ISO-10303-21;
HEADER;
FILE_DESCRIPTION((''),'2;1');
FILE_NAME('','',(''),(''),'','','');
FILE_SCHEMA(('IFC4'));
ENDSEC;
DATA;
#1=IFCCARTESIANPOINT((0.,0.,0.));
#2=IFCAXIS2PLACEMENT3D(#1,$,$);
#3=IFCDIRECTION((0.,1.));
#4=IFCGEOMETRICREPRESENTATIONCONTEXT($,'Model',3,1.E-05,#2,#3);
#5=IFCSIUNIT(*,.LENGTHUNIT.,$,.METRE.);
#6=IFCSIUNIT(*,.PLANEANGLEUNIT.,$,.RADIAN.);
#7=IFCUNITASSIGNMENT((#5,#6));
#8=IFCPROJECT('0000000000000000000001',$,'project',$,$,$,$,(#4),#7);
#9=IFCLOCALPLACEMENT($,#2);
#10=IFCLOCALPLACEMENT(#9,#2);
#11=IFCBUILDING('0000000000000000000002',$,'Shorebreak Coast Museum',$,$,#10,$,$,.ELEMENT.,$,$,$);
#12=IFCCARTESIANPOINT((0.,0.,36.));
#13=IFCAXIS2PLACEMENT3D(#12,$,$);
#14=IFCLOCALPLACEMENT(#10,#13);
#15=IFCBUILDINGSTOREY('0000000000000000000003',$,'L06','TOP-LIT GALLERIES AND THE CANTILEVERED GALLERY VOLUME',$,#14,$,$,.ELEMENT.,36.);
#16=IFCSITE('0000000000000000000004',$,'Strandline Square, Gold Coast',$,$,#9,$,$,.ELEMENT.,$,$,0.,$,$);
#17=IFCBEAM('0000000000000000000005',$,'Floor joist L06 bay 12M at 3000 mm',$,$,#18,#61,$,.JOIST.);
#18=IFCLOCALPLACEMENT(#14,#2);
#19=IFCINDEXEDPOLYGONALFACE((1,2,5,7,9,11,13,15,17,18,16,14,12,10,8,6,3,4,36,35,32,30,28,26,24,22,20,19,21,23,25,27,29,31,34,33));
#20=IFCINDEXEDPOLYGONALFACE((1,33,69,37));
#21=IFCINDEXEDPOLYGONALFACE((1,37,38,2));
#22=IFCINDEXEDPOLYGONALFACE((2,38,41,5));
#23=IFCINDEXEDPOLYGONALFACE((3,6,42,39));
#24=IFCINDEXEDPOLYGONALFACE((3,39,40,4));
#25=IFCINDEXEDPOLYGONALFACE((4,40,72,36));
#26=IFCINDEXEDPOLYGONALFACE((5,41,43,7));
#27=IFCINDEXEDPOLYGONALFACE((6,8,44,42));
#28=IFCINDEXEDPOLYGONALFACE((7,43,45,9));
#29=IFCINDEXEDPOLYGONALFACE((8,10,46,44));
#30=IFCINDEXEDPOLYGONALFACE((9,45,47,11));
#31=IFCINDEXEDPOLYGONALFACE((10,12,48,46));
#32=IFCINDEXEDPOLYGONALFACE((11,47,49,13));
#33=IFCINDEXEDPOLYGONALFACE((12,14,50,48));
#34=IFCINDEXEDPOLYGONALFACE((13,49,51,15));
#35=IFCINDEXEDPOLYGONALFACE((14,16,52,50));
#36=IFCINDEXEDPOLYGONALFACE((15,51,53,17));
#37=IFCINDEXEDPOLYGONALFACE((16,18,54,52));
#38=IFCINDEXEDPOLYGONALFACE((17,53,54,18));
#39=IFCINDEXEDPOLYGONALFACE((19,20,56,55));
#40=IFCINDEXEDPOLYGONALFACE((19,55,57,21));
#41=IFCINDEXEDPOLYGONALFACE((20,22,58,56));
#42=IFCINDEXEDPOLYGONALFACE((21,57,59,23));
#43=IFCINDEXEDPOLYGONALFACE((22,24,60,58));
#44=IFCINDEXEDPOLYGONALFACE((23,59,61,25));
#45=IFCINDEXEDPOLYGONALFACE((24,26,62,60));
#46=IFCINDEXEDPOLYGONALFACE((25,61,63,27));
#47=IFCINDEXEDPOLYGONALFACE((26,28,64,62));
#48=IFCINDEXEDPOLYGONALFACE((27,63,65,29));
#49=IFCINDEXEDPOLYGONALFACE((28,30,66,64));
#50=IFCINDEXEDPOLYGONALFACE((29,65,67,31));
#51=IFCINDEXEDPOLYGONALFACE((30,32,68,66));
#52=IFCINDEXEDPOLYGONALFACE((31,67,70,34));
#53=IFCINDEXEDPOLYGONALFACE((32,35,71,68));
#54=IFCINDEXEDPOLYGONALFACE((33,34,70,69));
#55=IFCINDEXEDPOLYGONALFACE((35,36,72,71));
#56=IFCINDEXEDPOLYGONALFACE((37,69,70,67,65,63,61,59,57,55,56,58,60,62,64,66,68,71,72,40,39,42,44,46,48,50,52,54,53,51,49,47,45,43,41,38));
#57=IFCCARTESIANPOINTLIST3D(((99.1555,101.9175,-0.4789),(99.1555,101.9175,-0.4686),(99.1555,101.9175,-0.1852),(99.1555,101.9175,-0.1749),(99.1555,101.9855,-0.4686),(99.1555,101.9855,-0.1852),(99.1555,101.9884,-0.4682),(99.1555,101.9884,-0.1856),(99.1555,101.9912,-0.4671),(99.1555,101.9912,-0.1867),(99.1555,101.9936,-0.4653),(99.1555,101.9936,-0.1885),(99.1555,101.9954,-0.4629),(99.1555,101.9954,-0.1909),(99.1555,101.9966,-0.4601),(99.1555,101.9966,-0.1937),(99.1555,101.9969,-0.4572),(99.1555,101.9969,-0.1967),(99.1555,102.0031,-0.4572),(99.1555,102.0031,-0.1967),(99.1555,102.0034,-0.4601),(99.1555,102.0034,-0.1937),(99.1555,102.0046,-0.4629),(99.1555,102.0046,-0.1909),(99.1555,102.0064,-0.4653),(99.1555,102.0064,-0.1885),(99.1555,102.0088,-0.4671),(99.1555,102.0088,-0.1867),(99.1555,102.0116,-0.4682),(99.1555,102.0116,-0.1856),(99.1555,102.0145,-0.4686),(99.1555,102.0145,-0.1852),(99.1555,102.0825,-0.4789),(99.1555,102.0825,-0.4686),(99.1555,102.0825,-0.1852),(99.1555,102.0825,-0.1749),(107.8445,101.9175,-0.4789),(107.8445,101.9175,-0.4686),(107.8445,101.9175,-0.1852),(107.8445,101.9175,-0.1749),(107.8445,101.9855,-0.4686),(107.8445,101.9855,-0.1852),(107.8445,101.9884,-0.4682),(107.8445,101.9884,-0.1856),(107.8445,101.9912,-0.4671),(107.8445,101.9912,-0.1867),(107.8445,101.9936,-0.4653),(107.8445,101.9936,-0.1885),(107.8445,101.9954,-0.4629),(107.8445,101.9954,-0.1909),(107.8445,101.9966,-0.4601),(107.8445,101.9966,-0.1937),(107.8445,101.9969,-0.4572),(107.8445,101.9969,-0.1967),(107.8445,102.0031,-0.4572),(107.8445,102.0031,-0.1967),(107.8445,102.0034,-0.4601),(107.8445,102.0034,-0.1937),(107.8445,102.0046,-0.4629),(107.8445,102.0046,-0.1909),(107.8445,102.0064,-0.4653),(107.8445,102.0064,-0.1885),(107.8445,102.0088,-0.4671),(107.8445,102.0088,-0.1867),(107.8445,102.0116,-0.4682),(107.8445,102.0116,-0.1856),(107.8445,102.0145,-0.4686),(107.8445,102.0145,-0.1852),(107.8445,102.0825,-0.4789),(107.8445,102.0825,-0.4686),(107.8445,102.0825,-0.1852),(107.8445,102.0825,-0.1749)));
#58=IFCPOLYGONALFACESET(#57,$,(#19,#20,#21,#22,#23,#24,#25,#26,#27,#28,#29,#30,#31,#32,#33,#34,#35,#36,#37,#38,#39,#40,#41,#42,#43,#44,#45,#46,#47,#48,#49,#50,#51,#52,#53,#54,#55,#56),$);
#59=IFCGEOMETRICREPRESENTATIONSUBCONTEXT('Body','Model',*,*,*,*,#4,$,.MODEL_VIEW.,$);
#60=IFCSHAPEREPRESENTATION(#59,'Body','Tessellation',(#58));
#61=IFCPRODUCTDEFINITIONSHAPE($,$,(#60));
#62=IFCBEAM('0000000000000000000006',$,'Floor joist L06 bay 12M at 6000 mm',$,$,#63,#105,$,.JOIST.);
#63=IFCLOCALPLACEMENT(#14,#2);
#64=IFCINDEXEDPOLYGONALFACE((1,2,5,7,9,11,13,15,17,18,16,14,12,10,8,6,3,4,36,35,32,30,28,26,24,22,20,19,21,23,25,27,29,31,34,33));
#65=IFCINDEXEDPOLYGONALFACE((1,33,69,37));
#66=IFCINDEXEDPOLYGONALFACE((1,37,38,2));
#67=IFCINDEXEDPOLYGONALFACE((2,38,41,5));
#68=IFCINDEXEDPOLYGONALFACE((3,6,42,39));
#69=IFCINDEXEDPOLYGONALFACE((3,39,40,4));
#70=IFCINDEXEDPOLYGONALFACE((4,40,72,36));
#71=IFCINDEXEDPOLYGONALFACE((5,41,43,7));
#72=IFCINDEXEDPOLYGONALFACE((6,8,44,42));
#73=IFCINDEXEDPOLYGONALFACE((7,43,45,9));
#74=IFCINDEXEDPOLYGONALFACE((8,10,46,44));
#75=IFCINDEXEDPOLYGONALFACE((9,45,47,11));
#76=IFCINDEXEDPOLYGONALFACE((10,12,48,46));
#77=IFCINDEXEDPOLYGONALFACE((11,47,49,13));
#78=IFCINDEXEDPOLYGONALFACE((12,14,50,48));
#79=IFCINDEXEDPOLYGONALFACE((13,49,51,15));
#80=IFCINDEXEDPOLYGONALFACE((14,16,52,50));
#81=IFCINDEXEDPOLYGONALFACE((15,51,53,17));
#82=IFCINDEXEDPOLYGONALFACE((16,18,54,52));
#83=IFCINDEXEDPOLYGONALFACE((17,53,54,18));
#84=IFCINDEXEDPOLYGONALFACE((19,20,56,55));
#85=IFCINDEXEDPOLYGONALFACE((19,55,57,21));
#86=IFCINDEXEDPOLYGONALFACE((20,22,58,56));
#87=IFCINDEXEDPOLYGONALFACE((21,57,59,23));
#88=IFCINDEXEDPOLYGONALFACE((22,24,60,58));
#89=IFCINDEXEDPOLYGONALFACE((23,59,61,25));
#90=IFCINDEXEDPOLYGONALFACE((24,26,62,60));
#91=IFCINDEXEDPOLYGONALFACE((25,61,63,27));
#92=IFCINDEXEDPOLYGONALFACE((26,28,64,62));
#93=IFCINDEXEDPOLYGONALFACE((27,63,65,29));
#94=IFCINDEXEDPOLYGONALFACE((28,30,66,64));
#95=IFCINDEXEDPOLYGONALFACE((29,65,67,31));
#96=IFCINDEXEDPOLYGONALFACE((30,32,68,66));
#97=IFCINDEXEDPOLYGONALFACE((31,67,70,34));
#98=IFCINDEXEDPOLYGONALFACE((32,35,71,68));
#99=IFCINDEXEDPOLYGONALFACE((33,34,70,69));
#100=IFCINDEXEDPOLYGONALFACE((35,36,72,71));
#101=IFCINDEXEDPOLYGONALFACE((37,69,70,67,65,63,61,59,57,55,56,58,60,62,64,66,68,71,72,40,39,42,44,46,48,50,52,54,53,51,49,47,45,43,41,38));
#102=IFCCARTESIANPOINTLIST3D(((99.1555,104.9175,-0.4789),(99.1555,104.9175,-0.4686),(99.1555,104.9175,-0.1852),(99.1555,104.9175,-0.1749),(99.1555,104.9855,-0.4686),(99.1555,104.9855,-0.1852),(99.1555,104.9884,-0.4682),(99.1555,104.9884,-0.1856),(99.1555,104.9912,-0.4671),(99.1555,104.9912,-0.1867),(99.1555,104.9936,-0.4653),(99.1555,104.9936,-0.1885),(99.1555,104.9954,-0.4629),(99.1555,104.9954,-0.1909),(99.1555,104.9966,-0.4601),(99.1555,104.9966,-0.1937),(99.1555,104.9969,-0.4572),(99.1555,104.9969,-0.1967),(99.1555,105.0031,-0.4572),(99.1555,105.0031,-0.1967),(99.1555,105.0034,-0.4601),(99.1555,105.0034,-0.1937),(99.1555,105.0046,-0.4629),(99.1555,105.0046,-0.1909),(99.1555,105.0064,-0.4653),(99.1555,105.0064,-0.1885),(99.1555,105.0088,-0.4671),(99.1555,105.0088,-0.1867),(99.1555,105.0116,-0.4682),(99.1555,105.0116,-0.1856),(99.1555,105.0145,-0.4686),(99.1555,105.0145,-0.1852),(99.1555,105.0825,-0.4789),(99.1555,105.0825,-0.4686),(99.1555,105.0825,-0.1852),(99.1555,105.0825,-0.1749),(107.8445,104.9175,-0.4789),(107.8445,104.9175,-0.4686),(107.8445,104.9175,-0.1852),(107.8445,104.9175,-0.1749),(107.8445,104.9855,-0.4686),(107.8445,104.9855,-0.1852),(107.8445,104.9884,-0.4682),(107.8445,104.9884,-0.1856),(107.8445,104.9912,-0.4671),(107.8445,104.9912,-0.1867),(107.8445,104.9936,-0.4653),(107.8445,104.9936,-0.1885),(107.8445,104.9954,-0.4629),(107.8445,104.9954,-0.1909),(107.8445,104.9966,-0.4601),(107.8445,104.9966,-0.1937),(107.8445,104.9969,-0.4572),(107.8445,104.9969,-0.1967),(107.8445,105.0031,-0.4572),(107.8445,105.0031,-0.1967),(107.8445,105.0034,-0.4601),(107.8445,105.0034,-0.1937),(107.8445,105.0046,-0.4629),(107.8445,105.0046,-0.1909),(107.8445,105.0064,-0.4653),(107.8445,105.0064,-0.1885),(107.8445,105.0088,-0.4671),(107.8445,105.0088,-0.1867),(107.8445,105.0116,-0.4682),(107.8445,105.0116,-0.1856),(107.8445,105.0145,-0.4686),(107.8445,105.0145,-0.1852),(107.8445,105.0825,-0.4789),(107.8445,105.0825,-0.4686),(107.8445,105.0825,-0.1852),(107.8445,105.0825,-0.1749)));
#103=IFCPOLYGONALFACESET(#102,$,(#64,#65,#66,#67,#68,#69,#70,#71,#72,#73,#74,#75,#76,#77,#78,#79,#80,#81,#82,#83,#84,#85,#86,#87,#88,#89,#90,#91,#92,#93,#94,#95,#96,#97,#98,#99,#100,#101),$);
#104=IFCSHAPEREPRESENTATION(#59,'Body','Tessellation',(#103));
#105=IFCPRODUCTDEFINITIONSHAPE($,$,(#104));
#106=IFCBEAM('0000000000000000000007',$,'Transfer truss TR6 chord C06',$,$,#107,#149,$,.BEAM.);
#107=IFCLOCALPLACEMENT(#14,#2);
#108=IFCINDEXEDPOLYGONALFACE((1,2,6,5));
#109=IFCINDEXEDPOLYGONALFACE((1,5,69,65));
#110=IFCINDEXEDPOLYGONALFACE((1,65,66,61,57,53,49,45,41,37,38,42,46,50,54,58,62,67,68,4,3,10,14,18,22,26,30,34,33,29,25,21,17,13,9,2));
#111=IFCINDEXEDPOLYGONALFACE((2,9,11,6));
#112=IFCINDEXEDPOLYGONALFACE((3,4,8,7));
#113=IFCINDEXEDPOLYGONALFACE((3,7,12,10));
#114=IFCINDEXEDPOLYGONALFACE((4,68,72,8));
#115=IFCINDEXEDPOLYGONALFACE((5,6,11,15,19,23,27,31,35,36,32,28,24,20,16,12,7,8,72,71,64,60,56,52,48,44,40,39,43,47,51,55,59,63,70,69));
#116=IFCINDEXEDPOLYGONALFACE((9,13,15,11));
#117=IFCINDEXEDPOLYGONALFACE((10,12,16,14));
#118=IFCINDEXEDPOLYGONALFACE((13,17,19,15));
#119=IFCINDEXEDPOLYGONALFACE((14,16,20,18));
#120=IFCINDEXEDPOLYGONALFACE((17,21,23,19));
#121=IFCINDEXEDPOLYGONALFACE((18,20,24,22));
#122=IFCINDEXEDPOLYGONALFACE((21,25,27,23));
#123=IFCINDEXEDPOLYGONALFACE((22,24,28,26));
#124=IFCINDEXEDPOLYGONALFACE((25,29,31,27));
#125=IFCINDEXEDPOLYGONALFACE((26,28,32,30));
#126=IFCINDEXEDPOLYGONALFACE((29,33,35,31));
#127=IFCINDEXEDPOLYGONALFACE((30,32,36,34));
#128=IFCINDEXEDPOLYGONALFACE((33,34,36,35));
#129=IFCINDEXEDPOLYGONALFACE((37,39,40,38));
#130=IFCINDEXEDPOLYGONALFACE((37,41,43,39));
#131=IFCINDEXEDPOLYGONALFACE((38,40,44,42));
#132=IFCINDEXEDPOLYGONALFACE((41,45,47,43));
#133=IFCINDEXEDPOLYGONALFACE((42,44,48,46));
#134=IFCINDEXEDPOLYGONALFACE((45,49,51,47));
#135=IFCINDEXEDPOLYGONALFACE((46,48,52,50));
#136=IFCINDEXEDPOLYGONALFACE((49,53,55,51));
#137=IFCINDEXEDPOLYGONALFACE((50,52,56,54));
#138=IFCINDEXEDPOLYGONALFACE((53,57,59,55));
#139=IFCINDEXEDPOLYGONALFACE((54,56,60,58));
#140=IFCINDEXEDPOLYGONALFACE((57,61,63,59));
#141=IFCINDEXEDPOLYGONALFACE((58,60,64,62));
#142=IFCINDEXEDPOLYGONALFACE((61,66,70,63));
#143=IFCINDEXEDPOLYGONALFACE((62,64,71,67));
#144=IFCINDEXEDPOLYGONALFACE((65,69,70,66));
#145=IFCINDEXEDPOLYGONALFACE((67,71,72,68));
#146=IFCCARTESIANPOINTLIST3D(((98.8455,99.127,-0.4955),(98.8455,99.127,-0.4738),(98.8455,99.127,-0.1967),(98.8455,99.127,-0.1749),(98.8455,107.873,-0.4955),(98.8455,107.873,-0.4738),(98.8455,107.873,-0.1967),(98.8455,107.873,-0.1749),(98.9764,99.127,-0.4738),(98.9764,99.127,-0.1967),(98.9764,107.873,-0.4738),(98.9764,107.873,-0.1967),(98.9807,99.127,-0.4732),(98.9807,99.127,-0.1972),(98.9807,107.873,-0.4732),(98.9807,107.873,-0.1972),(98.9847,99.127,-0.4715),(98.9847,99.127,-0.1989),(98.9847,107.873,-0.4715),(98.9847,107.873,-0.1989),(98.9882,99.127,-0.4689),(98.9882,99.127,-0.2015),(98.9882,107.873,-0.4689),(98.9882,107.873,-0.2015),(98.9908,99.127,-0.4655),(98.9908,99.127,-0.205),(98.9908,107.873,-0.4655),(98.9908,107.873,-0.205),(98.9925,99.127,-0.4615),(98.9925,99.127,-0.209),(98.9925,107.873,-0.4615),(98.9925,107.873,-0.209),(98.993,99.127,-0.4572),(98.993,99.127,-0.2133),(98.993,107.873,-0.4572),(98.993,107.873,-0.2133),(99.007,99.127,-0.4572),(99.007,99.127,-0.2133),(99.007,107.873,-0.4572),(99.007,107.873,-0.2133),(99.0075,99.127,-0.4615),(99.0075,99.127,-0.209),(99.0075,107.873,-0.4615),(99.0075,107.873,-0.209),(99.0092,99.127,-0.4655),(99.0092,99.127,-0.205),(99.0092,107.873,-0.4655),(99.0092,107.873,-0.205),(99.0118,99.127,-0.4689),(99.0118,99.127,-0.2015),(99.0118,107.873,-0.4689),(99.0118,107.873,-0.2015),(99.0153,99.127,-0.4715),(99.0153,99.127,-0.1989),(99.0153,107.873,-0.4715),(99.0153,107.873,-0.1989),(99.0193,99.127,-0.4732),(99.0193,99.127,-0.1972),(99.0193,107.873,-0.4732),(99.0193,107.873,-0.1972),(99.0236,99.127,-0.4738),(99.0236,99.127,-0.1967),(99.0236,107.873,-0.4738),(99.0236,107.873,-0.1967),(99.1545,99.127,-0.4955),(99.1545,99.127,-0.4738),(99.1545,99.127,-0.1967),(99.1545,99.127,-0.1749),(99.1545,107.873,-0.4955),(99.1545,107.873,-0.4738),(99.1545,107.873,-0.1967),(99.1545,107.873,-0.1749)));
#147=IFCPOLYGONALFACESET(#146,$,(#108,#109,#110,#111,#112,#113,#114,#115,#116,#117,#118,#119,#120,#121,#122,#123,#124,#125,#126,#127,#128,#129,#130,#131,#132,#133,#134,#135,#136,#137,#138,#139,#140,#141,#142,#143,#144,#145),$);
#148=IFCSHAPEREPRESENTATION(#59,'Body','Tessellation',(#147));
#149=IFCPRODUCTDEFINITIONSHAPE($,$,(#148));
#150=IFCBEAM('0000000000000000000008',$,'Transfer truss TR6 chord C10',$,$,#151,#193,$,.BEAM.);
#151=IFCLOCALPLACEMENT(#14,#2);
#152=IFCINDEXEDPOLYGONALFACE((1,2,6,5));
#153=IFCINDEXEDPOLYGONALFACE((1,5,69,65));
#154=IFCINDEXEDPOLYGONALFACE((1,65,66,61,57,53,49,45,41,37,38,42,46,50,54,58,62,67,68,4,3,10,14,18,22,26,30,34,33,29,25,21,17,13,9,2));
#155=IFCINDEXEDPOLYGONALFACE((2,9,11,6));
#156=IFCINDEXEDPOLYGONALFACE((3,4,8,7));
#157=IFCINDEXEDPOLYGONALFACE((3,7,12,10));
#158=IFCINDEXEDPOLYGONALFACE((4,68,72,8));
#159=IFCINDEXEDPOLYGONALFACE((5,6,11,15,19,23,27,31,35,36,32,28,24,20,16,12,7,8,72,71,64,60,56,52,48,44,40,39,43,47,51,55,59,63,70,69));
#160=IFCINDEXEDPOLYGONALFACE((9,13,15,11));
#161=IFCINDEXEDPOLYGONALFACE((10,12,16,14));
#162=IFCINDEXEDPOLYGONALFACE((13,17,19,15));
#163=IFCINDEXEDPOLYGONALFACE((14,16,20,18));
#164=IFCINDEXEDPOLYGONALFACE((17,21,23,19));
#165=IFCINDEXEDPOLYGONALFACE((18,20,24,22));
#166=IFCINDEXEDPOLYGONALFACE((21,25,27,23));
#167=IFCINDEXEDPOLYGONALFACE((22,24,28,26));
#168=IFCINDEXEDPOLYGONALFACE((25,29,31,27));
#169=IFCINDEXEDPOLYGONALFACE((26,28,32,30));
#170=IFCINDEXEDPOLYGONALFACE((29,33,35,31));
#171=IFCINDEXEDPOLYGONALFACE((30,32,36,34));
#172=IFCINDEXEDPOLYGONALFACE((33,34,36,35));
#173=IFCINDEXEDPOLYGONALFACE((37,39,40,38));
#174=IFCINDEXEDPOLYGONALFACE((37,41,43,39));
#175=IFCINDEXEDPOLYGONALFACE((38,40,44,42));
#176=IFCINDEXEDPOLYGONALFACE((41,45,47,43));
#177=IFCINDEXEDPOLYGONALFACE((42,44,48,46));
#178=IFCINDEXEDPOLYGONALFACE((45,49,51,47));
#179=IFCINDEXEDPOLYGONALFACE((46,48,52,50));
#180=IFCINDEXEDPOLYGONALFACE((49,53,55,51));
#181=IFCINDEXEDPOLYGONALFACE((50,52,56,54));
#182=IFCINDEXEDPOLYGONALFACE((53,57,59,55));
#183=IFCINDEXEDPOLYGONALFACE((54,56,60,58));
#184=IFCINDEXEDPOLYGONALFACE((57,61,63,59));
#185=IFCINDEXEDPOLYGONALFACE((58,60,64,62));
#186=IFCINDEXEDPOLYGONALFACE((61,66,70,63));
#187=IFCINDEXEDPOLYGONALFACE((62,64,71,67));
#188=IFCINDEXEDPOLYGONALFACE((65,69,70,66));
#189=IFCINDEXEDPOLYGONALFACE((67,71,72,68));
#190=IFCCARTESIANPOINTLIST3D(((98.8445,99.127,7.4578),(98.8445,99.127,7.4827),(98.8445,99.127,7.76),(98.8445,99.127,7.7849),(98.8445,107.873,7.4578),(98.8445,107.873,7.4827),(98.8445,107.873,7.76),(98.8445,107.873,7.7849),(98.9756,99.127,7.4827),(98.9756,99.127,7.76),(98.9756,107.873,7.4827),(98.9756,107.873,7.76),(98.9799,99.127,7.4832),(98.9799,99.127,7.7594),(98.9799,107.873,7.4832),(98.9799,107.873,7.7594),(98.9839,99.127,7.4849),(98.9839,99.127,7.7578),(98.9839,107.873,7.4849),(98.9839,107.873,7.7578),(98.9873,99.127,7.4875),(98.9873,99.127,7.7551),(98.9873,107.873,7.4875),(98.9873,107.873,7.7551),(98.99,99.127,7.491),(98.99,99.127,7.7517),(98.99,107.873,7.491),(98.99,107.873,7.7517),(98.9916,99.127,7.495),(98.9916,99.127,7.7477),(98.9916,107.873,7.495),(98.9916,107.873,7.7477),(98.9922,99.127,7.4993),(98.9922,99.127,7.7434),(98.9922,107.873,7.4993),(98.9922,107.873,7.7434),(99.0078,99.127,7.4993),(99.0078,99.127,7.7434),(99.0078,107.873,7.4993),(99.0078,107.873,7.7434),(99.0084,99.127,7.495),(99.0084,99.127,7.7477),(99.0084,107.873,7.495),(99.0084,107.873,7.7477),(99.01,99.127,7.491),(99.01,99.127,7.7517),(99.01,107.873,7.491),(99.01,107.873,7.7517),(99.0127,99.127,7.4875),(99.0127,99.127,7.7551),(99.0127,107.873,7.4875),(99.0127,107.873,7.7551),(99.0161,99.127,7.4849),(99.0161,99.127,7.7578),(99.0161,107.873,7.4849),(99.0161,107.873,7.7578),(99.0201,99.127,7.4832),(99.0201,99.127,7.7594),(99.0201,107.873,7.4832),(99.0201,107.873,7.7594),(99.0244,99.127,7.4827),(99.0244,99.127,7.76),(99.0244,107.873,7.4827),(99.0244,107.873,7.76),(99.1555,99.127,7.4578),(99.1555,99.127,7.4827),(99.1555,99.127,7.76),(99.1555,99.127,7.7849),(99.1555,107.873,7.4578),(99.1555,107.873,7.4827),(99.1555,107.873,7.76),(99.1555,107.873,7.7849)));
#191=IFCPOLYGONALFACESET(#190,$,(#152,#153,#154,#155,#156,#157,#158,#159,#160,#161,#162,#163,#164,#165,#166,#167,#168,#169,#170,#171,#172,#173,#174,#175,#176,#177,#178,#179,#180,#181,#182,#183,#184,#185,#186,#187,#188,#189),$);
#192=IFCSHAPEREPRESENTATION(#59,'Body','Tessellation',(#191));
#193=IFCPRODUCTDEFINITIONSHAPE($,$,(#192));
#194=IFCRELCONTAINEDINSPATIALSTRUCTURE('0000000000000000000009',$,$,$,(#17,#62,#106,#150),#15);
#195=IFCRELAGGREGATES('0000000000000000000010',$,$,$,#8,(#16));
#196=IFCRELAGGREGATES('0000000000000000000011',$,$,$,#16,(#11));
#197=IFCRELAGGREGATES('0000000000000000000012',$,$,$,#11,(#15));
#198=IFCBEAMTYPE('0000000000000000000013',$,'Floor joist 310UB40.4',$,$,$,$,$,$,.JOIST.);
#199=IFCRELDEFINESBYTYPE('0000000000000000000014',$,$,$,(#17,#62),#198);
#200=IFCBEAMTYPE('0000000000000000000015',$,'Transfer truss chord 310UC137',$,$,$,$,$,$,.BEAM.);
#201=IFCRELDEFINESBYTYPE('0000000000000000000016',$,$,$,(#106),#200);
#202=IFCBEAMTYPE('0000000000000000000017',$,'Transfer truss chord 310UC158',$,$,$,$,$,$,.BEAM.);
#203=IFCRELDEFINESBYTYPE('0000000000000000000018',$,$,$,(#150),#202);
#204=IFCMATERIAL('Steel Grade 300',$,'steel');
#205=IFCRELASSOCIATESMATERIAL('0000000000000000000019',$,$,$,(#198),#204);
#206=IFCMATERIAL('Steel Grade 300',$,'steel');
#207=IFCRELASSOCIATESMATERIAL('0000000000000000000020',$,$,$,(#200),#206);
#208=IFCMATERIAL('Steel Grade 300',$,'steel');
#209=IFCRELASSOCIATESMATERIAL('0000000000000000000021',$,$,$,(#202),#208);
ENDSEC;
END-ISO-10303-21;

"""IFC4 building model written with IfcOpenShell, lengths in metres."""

from ifc_helpers import new_model, si_unit, direction, frame, origin, origin_2d, place, context, subcontext, project, spatial, i_section, extrude, material, material_profile, profile_set, type_object, element, save


model = new_model("IFC4")

# Units and contexts
model_context = context("Model", 3, precision=1e-05, world=origin(), true_north=direction((0.0, 1.0)))
body_context = subcontext(model_context, "Body", "Model", "MODEL_VIEW")
ifc_project = project(units=[si_unit("LENGTHUNIT", "METRE"), si_unit("PLANEANGLEUNIT", "RADIAN")], contexts=[model_context])

# Site, building, storey
site_placement = place(None, origin())
site = spatial("IfcSite", under=ifc_project, at=site_placement, Name="Strandline Square, Gold Coast", CompositionType="ELEMENT", RefElevation=0.0)
building_placement = place(site_placement, origin())
building = spatial("IfcBuilding", under=site, at=building_placement, Name="Shorebreak Coast Museum", CompositionType="ELEMENT")
storey_placement = place(building_placement, frame((0.0, 0.0, 36.0)))
storey = spatial("IfcBuildingStorey", under=building, at=storey_placement, Name="L06", Description="TOP-LIT GALLERIES AND THE CANTILEVERED GALLERY VOLUME", CompositionType="ELEMENT", Elevation=36.0)

# Beams
ifc_material_1 = material(Name="Steel Grade 300", Category="steel")
ifc_material_profile_1 = material_profile(ifc_material_1, i_section(OverallWidth=0.165, OverallDepth=0.304, WebThickness=0.0061, FlangeThickness=0.0103, FilletRadius=0.0115, at=origin_2d()), Name="310UB40.4")
ifc_profile_set_1 = profile_set([ifc_material_profile_1], Name="Steel Grade 300")
beam_type_1 = type_object("IfcBeamType", Name="Floor joist 310UB40.4", PredefinedType="JOIST", material=ifc_profile_set_1)
for number, where, z_axis, x_axis, name in (
    (1, (99.1555, 102.0, -0.3269), (1.0, 0.0, 0.0), (0.0, 1.0, 0.0), "Floor joist L06 bay 12M at 3000 mm"),
    (2, (99.1555, 105.0, -0.3269), (1.0, 0.0, 0.0), (0.0, 1.0, 0.0), "Floor joist L06 bay 12M at 6000 mm"),
):
    element("IfcBeam", number, at=place(storey_placement, frame(where, z_axis=z_axis, x_axis=x_axis)), inside=storey, type_object=beam_type_1, Name=name, PredefinedType="JOIST", context=body_context, shape_type="SweptSolid", body=[
        extrude(i_section(OverallWidth=0.165, OverallDepth=0.304, WebThickness=0.0061, FlangeThickness=0.0103, FilletRadius=0.0115, at=origin_2d()), origin(), (0.0, 0.0, 1.0), 8.689),
    ])
ifc_material_2 = material(Name="Steel Grade 300", Category="steel")
ifc_material_profile_2 = material_profile(ifc_material_2, i_section(OverallWidth=0.3091, OverallDepth=0.3206, WebThickness=0.0139, FlangeThickness=0.0217, FilletRadius=0.0166, at=origin_2d()), Name="310UC137")
ifc_profile_set_2 = profile_set([ifc_material_profile_2], Name="Steel Grade 300")
beam_type_2 = type_object("IfcBeamType", Name="Transfer truss chord 310UC137", PredefinedType="BEAM", material=ifc_profile_set_2)
beam_1_placement = place(storey_placement, frame((99.0, 99.127, -0.3352), z_axis=(0.0, 1.0, 0.0), x_axis=(-1.0, 0.0, 0.0)))
element("IfcBeam", 3, at=beam_1_placement, inside=storey, type_object=beam_type_2, Name="Transfer truss TR6 chord C06", PredefinedType="BEAM", context=body_context, shape_type="SweptSolid", body=[
    extrude(i_section(OverallWidth=0.3091, OverallDepth=0.3206, WebThickness=0.0139, FlangeThickness=0.0217, FilletRadius=0.0166, at=origin_2d()), origin(), (0.0, 0.0, 1.0), 8.7461),
])
ifc_material_3 = material(Name="Steel Grade 300", Category="steel")
ifc_material_profile_3 = material_profile(ifc_material_3, i_section(OverallWidth=0.311, OverallDepth=0.3271, WebThickness=0.0156, FlangeThickness=0.0249, FilletRadius=0.0166, at=origin_2d()), Name="310UC158")
ifc_profile_set_3 = profile_set([ifc_material_profile_3], Name="Steel Grade 300")
beam_type_3 = type_object("IfcBeamType", Name="Transfer truss chord 310UC158", PredefinedType="BEAM", material=ifc_profile_set_3)
beam_2_placement = place(storey_placement, frame((99.0, 99.127, 7.6213), z_axis=(0.0, 1.0, 0.0), x_axis=(-1.0, 0.0, 0.0)))
element("IfcBeam", 4, at=beam_2_placement, inside=storey, type_object=beam_type_3, Name="Transfer truss TR6 chord C10", PredefinedType="BEAM", context=body_context, shape_type="SweptSolid", body=[
    extrude(i_section(OverallWidth=0.311, OverallDepth=0.3271, WebThickness=0.0156, FlangeThickness=0.0249, FilletRadius=0.0166, at=origin_2d()), origin(), (0.0, 0.0, 1.0), 8.7461),
])

save(model, "model.ifc")
